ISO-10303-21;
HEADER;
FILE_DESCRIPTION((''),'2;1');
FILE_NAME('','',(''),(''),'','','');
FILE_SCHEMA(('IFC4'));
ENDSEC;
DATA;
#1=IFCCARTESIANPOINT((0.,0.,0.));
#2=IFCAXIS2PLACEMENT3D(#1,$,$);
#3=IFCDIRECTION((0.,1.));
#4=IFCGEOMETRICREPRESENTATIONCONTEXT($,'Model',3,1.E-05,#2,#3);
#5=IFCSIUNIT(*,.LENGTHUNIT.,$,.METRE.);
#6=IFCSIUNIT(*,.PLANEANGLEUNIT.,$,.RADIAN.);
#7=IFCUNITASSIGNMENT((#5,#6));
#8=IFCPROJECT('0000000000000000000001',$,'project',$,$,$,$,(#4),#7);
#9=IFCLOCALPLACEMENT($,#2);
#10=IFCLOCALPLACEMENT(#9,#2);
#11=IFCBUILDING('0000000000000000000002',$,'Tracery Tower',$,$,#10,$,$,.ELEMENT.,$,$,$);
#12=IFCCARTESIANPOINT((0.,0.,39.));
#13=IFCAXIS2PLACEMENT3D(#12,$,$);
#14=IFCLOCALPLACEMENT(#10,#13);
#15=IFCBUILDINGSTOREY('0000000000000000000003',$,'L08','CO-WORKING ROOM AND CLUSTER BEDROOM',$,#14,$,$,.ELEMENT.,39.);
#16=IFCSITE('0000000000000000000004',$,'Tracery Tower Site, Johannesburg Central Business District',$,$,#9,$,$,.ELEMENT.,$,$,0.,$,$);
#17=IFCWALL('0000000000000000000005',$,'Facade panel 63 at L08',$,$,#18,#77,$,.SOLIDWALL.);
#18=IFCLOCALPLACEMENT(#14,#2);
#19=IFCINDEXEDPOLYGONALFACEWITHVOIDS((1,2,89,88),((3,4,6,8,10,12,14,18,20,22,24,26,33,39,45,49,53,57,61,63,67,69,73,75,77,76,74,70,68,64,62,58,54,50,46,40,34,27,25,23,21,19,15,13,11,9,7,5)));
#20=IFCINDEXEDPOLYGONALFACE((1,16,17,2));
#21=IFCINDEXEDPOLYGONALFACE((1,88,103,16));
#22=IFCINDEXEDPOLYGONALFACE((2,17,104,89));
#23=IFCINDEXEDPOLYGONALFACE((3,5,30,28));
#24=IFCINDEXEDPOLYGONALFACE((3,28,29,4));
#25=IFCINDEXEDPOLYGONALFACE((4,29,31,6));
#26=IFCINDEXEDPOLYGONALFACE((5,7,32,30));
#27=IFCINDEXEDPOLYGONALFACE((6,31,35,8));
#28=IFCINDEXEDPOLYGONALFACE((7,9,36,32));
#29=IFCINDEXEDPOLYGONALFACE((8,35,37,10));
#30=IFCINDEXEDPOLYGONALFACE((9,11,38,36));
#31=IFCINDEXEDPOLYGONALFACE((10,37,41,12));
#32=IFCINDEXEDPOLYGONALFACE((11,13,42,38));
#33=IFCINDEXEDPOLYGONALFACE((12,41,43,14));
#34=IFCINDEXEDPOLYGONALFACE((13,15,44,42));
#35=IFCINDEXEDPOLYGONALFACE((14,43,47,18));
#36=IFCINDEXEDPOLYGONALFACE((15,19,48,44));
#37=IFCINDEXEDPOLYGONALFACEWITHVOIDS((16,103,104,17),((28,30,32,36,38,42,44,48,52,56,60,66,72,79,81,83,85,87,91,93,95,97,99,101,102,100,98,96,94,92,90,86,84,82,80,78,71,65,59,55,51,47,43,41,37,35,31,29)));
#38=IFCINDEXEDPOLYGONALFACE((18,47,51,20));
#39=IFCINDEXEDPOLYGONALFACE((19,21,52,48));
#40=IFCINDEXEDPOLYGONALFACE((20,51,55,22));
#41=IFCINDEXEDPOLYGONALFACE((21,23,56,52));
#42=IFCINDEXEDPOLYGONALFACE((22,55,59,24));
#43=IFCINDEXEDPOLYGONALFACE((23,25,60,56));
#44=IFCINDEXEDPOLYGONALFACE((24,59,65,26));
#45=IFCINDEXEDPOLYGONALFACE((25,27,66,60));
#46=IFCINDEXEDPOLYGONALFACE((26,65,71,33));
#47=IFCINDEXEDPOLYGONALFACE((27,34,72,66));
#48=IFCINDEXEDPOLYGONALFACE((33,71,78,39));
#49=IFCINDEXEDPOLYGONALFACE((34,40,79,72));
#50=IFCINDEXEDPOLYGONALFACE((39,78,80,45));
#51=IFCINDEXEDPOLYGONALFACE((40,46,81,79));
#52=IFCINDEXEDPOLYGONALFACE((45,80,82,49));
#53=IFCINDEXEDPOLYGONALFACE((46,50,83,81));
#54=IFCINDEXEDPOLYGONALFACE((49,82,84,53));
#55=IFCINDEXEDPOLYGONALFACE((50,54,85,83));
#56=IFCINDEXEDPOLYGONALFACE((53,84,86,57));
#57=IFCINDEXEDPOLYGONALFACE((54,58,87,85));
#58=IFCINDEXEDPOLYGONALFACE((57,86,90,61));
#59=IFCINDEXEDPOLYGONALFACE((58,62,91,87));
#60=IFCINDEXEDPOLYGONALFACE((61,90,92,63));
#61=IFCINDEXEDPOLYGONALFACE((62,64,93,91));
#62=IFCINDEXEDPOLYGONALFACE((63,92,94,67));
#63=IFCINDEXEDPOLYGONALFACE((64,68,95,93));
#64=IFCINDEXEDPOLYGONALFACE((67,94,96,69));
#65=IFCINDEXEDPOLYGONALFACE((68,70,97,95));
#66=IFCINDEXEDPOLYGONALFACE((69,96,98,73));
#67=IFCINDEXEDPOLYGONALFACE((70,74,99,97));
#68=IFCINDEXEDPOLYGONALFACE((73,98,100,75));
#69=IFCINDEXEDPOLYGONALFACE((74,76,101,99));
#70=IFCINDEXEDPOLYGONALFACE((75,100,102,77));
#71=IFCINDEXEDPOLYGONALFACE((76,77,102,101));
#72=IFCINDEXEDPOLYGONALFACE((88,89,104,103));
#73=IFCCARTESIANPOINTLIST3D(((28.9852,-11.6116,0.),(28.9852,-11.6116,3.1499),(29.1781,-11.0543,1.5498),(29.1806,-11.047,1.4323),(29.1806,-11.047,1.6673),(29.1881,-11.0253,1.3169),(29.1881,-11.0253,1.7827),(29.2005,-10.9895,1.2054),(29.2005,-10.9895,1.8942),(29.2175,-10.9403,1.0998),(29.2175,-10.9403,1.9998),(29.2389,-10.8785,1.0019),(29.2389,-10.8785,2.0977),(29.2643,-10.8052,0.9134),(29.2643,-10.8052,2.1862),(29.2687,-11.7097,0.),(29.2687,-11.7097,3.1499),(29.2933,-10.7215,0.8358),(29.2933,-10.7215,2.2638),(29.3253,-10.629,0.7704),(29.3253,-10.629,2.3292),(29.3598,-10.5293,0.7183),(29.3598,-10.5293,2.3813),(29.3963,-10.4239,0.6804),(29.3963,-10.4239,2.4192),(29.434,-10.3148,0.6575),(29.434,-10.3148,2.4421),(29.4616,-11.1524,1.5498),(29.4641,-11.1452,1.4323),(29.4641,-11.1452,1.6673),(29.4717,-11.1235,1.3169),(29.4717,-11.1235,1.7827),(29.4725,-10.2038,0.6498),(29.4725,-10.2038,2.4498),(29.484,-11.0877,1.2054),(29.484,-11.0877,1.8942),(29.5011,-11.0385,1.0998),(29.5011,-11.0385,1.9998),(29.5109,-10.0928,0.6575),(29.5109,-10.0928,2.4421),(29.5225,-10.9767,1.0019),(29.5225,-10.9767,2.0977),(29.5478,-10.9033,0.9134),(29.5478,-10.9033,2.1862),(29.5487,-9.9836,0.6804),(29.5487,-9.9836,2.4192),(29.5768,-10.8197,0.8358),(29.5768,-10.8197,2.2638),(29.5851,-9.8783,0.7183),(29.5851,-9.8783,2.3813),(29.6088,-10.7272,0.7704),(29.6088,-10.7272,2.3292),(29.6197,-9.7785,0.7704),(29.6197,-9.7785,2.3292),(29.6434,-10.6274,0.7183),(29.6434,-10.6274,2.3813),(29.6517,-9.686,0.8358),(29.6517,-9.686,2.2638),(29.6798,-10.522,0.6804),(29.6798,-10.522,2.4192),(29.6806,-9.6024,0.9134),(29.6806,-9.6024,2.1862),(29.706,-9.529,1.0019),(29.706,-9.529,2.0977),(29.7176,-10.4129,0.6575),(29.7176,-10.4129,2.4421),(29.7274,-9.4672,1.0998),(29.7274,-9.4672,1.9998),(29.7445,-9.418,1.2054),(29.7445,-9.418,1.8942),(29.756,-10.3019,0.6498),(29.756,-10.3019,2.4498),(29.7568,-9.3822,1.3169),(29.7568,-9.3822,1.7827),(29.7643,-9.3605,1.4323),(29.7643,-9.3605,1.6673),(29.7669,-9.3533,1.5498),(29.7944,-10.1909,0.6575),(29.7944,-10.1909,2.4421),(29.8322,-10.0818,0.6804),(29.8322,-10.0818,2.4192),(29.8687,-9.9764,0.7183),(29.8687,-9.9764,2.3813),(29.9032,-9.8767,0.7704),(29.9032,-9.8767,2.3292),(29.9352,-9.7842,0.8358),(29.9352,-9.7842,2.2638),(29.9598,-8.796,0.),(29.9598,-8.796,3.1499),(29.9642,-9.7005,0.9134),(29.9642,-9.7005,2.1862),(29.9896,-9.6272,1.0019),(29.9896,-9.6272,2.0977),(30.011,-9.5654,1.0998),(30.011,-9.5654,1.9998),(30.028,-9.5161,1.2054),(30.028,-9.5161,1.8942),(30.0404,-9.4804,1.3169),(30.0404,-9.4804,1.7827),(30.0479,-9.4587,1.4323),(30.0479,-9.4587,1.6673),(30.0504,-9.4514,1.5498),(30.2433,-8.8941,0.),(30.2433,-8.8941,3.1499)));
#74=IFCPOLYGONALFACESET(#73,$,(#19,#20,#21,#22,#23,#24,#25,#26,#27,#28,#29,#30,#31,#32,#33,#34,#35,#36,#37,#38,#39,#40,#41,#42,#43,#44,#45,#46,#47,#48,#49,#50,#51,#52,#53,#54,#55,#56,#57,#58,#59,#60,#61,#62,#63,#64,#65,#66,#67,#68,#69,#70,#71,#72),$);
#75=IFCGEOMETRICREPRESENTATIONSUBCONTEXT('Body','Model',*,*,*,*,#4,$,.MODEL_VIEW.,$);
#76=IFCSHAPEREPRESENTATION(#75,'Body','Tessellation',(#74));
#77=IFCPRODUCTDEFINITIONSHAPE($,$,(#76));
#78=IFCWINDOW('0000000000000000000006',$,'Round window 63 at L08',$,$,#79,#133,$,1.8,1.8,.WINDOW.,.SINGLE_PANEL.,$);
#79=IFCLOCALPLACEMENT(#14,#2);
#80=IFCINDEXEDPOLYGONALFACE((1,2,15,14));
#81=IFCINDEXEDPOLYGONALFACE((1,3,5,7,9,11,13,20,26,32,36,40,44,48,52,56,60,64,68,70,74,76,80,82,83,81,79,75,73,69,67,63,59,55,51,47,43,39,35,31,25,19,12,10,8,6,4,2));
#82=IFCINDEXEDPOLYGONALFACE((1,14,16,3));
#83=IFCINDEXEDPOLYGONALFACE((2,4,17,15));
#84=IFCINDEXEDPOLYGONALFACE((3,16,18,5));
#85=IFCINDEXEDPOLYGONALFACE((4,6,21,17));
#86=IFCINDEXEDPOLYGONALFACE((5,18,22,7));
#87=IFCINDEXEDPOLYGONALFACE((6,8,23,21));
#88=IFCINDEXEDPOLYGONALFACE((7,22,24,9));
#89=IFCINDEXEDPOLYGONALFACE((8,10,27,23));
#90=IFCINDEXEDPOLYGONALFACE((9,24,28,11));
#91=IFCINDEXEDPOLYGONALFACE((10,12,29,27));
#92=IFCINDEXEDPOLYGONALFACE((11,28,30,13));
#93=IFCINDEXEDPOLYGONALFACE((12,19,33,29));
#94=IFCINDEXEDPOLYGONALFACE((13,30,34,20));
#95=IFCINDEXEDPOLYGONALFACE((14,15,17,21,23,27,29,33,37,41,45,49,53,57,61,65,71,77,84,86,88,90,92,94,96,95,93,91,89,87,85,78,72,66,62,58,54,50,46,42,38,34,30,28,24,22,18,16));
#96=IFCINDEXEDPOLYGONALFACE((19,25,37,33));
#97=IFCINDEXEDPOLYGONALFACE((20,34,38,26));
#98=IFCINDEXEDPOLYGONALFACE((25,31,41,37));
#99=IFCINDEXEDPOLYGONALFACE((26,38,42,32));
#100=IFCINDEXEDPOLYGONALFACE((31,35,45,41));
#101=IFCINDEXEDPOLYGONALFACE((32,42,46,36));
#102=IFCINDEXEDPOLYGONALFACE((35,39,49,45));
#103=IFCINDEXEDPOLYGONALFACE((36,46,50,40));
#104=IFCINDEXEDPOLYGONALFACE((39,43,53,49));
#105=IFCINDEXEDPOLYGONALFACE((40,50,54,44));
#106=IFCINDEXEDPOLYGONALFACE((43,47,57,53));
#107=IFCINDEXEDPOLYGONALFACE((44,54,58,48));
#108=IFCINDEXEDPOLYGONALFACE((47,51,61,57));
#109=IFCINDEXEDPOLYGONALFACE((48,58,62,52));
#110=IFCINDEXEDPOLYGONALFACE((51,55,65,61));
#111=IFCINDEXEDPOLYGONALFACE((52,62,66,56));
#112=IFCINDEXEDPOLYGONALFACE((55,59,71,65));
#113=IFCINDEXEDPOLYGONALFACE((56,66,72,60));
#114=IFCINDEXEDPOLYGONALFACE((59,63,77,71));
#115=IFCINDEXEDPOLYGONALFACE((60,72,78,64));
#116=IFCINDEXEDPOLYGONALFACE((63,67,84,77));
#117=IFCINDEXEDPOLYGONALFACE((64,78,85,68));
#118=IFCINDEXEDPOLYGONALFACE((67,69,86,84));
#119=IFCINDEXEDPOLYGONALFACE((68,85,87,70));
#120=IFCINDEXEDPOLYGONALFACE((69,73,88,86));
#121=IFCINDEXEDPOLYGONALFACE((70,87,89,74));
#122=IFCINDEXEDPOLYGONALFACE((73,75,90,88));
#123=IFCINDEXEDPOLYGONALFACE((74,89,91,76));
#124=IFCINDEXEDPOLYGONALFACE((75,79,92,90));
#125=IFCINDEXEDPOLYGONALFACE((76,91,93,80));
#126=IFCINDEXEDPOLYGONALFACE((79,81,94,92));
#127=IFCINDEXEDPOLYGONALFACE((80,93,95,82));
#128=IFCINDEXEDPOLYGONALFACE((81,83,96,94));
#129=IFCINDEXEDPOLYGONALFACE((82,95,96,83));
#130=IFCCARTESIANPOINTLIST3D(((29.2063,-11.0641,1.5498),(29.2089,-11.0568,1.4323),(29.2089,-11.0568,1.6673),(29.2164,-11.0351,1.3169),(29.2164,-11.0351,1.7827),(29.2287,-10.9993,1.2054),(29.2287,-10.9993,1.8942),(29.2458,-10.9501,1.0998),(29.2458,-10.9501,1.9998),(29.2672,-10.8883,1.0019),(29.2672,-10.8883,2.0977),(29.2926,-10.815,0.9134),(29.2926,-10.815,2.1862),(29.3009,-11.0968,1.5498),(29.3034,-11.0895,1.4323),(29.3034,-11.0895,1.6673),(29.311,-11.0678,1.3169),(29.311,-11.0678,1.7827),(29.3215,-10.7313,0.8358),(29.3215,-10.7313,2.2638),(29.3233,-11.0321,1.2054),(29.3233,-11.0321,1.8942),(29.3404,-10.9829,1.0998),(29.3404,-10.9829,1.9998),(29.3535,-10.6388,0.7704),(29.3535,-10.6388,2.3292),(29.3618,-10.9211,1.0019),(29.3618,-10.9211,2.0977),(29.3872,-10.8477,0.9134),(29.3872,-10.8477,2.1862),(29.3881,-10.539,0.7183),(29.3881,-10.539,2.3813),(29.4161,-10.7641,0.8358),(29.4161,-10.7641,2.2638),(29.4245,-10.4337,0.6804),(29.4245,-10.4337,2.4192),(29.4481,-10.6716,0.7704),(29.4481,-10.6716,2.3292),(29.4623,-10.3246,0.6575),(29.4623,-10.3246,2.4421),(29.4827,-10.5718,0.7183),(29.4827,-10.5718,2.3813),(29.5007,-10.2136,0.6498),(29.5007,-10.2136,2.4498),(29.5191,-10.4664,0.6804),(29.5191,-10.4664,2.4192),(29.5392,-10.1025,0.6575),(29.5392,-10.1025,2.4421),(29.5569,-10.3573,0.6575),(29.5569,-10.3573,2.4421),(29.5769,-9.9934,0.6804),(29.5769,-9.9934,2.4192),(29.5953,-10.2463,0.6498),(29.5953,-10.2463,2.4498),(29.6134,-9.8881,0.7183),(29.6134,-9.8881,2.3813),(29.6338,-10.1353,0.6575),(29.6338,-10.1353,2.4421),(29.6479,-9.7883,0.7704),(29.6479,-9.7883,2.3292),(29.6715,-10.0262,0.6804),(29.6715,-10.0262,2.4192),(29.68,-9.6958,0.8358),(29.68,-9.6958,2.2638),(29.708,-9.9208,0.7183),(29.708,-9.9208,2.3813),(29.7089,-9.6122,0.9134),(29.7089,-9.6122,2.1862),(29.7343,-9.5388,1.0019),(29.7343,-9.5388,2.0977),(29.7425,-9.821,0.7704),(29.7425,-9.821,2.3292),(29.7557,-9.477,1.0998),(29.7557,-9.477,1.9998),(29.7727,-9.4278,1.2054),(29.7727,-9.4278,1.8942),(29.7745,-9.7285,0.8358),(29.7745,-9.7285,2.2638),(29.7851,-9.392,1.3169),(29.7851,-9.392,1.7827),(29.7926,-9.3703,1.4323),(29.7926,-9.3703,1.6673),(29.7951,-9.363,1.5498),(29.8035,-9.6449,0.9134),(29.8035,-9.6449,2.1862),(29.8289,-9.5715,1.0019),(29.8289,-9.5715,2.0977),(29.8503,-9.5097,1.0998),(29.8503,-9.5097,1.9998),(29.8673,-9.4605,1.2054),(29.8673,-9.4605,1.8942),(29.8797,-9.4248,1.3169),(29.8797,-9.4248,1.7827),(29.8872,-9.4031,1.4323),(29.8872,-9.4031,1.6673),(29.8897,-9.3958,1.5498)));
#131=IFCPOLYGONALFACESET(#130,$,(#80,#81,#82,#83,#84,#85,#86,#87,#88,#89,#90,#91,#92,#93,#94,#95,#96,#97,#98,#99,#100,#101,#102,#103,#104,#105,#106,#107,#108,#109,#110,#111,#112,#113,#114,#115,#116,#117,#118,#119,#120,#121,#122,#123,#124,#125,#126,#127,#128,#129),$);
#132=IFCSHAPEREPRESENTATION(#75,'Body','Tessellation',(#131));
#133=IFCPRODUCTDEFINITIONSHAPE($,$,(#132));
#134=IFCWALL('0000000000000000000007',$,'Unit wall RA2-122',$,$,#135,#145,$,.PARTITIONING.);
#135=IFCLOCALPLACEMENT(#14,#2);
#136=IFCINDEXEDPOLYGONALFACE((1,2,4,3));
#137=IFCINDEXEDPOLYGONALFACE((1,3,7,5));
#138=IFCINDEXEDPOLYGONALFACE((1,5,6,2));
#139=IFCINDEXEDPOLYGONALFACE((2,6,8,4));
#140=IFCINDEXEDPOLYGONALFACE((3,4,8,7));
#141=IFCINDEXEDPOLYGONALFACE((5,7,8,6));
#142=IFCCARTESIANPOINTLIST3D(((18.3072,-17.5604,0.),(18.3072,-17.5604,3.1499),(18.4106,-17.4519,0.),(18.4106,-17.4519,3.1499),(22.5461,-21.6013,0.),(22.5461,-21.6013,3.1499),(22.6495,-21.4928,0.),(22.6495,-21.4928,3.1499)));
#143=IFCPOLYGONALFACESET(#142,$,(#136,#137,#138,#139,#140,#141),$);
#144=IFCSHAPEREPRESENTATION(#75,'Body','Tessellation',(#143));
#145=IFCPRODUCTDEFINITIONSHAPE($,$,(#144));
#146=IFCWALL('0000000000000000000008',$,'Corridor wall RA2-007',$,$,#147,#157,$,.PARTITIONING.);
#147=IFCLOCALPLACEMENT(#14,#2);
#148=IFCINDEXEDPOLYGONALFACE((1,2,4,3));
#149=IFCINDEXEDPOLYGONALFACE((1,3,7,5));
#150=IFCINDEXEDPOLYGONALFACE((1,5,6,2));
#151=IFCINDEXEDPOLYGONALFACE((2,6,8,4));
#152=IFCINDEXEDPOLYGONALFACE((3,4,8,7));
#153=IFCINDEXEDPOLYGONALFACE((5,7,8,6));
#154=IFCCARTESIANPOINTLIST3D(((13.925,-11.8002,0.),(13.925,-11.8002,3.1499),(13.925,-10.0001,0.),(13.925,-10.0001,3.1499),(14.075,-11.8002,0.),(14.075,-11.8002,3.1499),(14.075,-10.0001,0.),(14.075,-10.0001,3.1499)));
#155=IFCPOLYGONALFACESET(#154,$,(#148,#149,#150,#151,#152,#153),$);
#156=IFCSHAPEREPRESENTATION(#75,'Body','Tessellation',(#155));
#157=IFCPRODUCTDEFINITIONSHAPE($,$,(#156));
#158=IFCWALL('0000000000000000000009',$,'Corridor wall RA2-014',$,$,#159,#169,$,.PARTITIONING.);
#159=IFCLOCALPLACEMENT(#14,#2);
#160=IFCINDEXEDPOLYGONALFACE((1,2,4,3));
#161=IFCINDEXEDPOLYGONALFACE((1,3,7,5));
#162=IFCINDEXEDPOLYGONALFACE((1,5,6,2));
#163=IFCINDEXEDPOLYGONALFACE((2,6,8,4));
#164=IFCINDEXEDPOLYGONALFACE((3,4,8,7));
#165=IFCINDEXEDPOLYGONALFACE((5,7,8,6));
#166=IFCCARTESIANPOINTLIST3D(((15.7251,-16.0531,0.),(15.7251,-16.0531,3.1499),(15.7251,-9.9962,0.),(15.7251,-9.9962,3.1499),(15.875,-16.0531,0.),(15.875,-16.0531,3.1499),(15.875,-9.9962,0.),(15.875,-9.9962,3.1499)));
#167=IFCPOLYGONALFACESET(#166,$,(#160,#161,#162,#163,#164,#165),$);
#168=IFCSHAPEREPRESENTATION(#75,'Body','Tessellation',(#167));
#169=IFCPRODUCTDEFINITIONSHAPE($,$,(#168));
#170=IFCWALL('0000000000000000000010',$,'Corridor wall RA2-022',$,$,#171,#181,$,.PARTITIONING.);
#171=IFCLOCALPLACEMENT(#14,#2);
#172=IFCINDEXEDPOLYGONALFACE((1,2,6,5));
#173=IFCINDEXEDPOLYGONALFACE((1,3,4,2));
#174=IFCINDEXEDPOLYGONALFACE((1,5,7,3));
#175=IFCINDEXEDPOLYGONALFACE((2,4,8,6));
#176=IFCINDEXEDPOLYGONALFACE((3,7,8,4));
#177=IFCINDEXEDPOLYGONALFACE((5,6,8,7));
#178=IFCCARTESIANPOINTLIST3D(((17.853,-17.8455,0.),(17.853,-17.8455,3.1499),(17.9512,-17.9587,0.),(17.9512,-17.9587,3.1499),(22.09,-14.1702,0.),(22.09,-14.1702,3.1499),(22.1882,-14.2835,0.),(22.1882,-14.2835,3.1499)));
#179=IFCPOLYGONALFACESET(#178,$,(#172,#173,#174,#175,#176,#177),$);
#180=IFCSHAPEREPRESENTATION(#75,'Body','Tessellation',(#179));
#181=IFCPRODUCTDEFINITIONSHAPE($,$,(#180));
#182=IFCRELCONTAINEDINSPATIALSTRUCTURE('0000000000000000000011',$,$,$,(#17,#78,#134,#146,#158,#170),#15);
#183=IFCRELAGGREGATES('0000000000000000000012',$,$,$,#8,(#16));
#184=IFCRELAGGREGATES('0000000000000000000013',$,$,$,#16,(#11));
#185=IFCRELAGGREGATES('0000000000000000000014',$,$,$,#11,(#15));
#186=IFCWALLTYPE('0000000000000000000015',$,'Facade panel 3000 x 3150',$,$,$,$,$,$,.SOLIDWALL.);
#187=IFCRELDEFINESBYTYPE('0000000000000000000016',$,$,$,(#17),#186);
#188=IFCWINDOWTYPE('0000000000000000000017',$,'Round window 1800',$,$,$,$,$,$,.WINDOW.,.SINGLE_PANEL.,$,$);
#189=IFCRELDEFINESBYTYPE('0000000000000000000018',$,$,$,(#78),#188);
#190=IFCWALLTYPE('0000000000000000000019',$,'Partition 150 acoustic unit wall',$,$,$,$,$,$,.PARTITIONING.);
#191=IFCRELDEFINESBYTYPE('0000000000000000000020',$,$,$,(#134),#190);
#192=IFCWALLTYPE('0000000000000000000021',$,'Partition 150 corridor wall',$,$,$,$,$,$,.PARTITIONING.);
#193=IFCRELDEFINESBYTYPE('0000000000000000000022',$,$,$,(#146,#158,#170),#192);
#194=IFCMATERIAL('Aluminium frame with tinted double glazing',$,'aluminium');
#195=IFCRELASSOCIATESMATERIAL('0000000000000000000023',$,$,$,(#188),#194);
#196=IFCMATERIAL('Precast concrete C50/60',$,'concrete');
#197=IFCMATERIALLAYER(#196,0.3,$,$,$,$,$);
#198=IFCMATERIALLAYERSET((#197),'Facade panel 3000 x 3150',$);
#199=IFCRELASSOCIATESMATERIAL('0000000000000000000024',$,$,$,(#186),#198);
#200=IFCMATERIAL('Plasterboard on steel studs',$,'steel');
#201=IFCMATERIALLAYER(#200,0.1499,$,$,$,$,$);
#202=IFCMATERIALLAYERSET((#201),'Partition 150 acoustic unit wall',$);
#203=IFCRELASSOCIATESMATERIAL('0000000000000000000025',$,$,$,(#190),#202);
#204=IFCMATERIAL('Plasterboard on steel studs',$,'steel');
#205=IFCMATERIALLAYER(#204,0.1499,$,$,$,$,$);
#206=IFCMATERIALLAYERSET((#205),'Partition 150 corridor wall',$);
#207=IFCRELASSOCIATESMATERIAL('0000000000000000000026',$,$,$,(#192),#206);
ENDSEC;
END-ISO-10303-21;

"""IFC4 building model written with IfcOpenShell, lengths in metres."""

from ifc_helpers import new_model, si_unit, direction, frame, frame_2d, origin, origin_2d, place, context, subcontext, project, spatial, rectangle, circle, extrude, material, layer, layer_set, type_object, element, fill, save


model = new_model("IFC4")

# Units and contexts
model_context = context("Model", 3, precision=1e-05, world=origin(), true_north=direction((0.0, 1.0)))
body_context = subcontext(model_context, "Body", "Model", "MODEL_VIEW")
ifc_project = project(units=[si_unit("LENGTHUNIT", "METRE"), si_unit("PLANEANGLEUNIT", "RADIAN")], contexts=[model_context])

# Site, building, storey
site_placement = place(None, origin())
site = spatial("IfcSite", under=ifc_project, at=site_placement, Name="Tracery Tower Site, Johannesburg Central Business District", CompositionType="ELEMENT", RefElevation=0.0)
building_placement = place(site_placement, origin())
building = spatial("IfcBuilding", under=site, at=building_placement, Name="Tracery Tower", CompositionType="ELEMENT")
storey_placement = place(building_placement, frame((0.0, 0.0, 39.0)))
storey = spatial("IfcBuildingStorey", under=building, at=storey_placement, Name="L08", Description="CO-WORKING ROOM AND CLUSTER BEDROOM", CompositionType="ELEMENT", Elevation=39.0)

# Wall, opening, window
ifc_material_1 = material(Name="Aluminium frame with tinted double glazing", Category="aluminium")
window_type = type_object("IfcWindowType", Name="Round window 1800", PartitioningType="SINGLE_PANEL", PredefinedType="WINDOW", material=ifc_material_1)
ifc_material_2 = material(Name="Precast concrete C50/60", Category="concrete")
ifc_layer_1 = layer(ifc_material_2, 0.3)
ifc_layer_set_1 = layer_set([ifc_layer_1], Name="Facade panel 3000 x 3150")
wall_type_1 = type_object("IfcWallType", Name="Facade panel 3000 x 3150", PredefinedType="SOLIDWALL", material=ifc_layer_set_1)
wall_1_placement = place(storey_placement, frame((29.127, -11.6606, 0.0), z_axis=(0.0, 0.0, 1.0), x_axis=(0.327096, 0.944991, 0.0)))
wall_1 = element("IfcWall", 1, at=wall_1_placement, inside=storey, type_object=wall_type_1, Name="Facade panel 63 at L08", PredefinedType="SOLIDWALL", context=body_context, shape_type="SweptSolid", body=[
    extrude(rectangle(XDim=2.9795, YDim=0.3, at=frame_2d((1.4897, 0.0))), origin(), (0.0, 0.0, 1.0), 3.1499),
])
opening_1_placement = place(wall_1_placement, frame((1.4897, 0.0, 1.5498)))
opening_1 = element("IfcOpeningElement", 2, at=opening_1_placement, cuts=wall_1, PredefinedType="OPENING", context=body_context, shape_type="SweptSolid", body=[
    extrude(circle(Radius=0.9, at=origin_2d()), frame((0.0, 0.1599, 0.0), z_axis=(0.0, -1.0, 0.0), x_axis=(1.0, 0.0, 0.0)), (0.0, 0.0, 1.0), 0.3201),
])
window_1_placement = place(opening_1_placement, origin())
window_1 = element("IfcWindow", 3, at=window_1_placement, inside=storey, type_object=window_type, Name="Round window 63 at L08", OverallHeight=1.8, OverallWidth=1.8, PartitioningType="SINGLE_PANEL", PredefinedType="WINDOW", context=body_context, shape_type="SweptSolid", body=[
    extrude(circle(Radius=0.9, at=origin_2d()), frame((0.0, 0.1201, 0.0), z_axis=(0.0, -1.0, 0.0), x_axis=(1.0, 0.0, 0.0)), (0.0, 0.0, 1.0), 0.1001),
])
fill(opening_1, window_1)

# Walls
ifc_material_3 = material(Name="Plasterboard on steel studs", Category="steel")
ifc_layer_2 = layer(ifc_material_3, 0.1499)
ifc_layer_set_2 = layer_set([ifc_layer_2], Name="Partition 150 acoustic unit wall")
wall_type_2 = type_object("IfcWallType", Name="Partition 150 acoustic unit wall", PredefinedType="PARTITIONING", material=ifc_layer_set_2)
wall_2_placement = place(storey_placement, frame((18.3589, -17.5061, 0.0), z_axis=(0.0, 0.0, 1.0), x_axis=(0.723809, -0.690001, 0.0)))
element("IfcWall", 4, at=wall_2_placement, inside=storey, type_object=wall_type_2, Name="Unit wall RA2-122", PredefinedType="PARTITIONING", context=body_context, shape_type="SweptSolid", body=[
    extrude(rectangle(XDim=5.8564, YDim=0.1499, at=frame_2d((2.9282, 0.0))), origin(), (0.0, 0.0, 1.0), 3.1499),
])
ifc_material_4 = material(Name="Plasterboard on steel studs", Category="steel")
ifc_layer_3 = layer(ifc_material_4, 0.1499)
ifc_layer_set_3 = layer_set([ifc_layer_3], Name="Partition 150 corridor wall")
wall_type_3 = type_object("IfcWallType", Name="Partition 150 corridor wall", PredefinedType="PARTITIONING", material=ifc_layer_set_3)
wall_3_placement = place(storey_placement, frame((14.0, -11.8, 0.0), z_axis=(0.0, 0.0, 1.0), x_axis=(0.0, 1.0, 0.0)))
element("IfcWall", 5, at=wall_3_placement, inside=storey, type_object=wall_type_3, Name="Corridor wall RA2-007", PredefinedType="PARTITIONING", context=body_context, shape_type="SweptSolid", body=[
    extrude(rectangle(XDim=1.8, YDim=0.1499, at=frame_2d((0.8999, 0.0))), origin(), (0.0, 0.0, 1.0), 3.1499),
])
wall_4_placement = place(storey_placement, frame((15.8, -16.053, 0.0), z_axis=(0.0, 0.0, 1.0), x_axis=(0.0, 1.0, 0.0)))
element("IfcWall", 6, at=wall_4_placement, inside=storey, type_object=wall_type_3, Name="Corridor wall RA2-014", PredefinedType="PARTITIONING", context=body_context, shape_type="SweptSolid", body=[
    extrude(rectangle(XDim=6.0569, YDim=0.1499, at=frame_2d((3.0283, 0.0))), origin(), (0.0, 0.0, 1.0), 3.1499),
])
wall_5_placement = place(storey_placement, frame((17.9021, -17.9021, 0.0), z_axis=(0.0, 0.0, 1.0), x_axis=(0.755409, 0.655254, 0.0)))
element("IfcWall", 7, at=wall_5_placement, inside=storey, type_object=wall_type_3, Name="Corridor wall RA2-022", PredefinedType="PARTITIONING", context=body_context, shape_type="SweptSolid", body=[
    extrude(rectangle(XDim=5.6089, YDim=0.1499, at=frame_2d((2.8044, 0.0))), origin(), (0.0, 0.0, 1.0), 3.1499),
])

save(model, "model.ifc")
